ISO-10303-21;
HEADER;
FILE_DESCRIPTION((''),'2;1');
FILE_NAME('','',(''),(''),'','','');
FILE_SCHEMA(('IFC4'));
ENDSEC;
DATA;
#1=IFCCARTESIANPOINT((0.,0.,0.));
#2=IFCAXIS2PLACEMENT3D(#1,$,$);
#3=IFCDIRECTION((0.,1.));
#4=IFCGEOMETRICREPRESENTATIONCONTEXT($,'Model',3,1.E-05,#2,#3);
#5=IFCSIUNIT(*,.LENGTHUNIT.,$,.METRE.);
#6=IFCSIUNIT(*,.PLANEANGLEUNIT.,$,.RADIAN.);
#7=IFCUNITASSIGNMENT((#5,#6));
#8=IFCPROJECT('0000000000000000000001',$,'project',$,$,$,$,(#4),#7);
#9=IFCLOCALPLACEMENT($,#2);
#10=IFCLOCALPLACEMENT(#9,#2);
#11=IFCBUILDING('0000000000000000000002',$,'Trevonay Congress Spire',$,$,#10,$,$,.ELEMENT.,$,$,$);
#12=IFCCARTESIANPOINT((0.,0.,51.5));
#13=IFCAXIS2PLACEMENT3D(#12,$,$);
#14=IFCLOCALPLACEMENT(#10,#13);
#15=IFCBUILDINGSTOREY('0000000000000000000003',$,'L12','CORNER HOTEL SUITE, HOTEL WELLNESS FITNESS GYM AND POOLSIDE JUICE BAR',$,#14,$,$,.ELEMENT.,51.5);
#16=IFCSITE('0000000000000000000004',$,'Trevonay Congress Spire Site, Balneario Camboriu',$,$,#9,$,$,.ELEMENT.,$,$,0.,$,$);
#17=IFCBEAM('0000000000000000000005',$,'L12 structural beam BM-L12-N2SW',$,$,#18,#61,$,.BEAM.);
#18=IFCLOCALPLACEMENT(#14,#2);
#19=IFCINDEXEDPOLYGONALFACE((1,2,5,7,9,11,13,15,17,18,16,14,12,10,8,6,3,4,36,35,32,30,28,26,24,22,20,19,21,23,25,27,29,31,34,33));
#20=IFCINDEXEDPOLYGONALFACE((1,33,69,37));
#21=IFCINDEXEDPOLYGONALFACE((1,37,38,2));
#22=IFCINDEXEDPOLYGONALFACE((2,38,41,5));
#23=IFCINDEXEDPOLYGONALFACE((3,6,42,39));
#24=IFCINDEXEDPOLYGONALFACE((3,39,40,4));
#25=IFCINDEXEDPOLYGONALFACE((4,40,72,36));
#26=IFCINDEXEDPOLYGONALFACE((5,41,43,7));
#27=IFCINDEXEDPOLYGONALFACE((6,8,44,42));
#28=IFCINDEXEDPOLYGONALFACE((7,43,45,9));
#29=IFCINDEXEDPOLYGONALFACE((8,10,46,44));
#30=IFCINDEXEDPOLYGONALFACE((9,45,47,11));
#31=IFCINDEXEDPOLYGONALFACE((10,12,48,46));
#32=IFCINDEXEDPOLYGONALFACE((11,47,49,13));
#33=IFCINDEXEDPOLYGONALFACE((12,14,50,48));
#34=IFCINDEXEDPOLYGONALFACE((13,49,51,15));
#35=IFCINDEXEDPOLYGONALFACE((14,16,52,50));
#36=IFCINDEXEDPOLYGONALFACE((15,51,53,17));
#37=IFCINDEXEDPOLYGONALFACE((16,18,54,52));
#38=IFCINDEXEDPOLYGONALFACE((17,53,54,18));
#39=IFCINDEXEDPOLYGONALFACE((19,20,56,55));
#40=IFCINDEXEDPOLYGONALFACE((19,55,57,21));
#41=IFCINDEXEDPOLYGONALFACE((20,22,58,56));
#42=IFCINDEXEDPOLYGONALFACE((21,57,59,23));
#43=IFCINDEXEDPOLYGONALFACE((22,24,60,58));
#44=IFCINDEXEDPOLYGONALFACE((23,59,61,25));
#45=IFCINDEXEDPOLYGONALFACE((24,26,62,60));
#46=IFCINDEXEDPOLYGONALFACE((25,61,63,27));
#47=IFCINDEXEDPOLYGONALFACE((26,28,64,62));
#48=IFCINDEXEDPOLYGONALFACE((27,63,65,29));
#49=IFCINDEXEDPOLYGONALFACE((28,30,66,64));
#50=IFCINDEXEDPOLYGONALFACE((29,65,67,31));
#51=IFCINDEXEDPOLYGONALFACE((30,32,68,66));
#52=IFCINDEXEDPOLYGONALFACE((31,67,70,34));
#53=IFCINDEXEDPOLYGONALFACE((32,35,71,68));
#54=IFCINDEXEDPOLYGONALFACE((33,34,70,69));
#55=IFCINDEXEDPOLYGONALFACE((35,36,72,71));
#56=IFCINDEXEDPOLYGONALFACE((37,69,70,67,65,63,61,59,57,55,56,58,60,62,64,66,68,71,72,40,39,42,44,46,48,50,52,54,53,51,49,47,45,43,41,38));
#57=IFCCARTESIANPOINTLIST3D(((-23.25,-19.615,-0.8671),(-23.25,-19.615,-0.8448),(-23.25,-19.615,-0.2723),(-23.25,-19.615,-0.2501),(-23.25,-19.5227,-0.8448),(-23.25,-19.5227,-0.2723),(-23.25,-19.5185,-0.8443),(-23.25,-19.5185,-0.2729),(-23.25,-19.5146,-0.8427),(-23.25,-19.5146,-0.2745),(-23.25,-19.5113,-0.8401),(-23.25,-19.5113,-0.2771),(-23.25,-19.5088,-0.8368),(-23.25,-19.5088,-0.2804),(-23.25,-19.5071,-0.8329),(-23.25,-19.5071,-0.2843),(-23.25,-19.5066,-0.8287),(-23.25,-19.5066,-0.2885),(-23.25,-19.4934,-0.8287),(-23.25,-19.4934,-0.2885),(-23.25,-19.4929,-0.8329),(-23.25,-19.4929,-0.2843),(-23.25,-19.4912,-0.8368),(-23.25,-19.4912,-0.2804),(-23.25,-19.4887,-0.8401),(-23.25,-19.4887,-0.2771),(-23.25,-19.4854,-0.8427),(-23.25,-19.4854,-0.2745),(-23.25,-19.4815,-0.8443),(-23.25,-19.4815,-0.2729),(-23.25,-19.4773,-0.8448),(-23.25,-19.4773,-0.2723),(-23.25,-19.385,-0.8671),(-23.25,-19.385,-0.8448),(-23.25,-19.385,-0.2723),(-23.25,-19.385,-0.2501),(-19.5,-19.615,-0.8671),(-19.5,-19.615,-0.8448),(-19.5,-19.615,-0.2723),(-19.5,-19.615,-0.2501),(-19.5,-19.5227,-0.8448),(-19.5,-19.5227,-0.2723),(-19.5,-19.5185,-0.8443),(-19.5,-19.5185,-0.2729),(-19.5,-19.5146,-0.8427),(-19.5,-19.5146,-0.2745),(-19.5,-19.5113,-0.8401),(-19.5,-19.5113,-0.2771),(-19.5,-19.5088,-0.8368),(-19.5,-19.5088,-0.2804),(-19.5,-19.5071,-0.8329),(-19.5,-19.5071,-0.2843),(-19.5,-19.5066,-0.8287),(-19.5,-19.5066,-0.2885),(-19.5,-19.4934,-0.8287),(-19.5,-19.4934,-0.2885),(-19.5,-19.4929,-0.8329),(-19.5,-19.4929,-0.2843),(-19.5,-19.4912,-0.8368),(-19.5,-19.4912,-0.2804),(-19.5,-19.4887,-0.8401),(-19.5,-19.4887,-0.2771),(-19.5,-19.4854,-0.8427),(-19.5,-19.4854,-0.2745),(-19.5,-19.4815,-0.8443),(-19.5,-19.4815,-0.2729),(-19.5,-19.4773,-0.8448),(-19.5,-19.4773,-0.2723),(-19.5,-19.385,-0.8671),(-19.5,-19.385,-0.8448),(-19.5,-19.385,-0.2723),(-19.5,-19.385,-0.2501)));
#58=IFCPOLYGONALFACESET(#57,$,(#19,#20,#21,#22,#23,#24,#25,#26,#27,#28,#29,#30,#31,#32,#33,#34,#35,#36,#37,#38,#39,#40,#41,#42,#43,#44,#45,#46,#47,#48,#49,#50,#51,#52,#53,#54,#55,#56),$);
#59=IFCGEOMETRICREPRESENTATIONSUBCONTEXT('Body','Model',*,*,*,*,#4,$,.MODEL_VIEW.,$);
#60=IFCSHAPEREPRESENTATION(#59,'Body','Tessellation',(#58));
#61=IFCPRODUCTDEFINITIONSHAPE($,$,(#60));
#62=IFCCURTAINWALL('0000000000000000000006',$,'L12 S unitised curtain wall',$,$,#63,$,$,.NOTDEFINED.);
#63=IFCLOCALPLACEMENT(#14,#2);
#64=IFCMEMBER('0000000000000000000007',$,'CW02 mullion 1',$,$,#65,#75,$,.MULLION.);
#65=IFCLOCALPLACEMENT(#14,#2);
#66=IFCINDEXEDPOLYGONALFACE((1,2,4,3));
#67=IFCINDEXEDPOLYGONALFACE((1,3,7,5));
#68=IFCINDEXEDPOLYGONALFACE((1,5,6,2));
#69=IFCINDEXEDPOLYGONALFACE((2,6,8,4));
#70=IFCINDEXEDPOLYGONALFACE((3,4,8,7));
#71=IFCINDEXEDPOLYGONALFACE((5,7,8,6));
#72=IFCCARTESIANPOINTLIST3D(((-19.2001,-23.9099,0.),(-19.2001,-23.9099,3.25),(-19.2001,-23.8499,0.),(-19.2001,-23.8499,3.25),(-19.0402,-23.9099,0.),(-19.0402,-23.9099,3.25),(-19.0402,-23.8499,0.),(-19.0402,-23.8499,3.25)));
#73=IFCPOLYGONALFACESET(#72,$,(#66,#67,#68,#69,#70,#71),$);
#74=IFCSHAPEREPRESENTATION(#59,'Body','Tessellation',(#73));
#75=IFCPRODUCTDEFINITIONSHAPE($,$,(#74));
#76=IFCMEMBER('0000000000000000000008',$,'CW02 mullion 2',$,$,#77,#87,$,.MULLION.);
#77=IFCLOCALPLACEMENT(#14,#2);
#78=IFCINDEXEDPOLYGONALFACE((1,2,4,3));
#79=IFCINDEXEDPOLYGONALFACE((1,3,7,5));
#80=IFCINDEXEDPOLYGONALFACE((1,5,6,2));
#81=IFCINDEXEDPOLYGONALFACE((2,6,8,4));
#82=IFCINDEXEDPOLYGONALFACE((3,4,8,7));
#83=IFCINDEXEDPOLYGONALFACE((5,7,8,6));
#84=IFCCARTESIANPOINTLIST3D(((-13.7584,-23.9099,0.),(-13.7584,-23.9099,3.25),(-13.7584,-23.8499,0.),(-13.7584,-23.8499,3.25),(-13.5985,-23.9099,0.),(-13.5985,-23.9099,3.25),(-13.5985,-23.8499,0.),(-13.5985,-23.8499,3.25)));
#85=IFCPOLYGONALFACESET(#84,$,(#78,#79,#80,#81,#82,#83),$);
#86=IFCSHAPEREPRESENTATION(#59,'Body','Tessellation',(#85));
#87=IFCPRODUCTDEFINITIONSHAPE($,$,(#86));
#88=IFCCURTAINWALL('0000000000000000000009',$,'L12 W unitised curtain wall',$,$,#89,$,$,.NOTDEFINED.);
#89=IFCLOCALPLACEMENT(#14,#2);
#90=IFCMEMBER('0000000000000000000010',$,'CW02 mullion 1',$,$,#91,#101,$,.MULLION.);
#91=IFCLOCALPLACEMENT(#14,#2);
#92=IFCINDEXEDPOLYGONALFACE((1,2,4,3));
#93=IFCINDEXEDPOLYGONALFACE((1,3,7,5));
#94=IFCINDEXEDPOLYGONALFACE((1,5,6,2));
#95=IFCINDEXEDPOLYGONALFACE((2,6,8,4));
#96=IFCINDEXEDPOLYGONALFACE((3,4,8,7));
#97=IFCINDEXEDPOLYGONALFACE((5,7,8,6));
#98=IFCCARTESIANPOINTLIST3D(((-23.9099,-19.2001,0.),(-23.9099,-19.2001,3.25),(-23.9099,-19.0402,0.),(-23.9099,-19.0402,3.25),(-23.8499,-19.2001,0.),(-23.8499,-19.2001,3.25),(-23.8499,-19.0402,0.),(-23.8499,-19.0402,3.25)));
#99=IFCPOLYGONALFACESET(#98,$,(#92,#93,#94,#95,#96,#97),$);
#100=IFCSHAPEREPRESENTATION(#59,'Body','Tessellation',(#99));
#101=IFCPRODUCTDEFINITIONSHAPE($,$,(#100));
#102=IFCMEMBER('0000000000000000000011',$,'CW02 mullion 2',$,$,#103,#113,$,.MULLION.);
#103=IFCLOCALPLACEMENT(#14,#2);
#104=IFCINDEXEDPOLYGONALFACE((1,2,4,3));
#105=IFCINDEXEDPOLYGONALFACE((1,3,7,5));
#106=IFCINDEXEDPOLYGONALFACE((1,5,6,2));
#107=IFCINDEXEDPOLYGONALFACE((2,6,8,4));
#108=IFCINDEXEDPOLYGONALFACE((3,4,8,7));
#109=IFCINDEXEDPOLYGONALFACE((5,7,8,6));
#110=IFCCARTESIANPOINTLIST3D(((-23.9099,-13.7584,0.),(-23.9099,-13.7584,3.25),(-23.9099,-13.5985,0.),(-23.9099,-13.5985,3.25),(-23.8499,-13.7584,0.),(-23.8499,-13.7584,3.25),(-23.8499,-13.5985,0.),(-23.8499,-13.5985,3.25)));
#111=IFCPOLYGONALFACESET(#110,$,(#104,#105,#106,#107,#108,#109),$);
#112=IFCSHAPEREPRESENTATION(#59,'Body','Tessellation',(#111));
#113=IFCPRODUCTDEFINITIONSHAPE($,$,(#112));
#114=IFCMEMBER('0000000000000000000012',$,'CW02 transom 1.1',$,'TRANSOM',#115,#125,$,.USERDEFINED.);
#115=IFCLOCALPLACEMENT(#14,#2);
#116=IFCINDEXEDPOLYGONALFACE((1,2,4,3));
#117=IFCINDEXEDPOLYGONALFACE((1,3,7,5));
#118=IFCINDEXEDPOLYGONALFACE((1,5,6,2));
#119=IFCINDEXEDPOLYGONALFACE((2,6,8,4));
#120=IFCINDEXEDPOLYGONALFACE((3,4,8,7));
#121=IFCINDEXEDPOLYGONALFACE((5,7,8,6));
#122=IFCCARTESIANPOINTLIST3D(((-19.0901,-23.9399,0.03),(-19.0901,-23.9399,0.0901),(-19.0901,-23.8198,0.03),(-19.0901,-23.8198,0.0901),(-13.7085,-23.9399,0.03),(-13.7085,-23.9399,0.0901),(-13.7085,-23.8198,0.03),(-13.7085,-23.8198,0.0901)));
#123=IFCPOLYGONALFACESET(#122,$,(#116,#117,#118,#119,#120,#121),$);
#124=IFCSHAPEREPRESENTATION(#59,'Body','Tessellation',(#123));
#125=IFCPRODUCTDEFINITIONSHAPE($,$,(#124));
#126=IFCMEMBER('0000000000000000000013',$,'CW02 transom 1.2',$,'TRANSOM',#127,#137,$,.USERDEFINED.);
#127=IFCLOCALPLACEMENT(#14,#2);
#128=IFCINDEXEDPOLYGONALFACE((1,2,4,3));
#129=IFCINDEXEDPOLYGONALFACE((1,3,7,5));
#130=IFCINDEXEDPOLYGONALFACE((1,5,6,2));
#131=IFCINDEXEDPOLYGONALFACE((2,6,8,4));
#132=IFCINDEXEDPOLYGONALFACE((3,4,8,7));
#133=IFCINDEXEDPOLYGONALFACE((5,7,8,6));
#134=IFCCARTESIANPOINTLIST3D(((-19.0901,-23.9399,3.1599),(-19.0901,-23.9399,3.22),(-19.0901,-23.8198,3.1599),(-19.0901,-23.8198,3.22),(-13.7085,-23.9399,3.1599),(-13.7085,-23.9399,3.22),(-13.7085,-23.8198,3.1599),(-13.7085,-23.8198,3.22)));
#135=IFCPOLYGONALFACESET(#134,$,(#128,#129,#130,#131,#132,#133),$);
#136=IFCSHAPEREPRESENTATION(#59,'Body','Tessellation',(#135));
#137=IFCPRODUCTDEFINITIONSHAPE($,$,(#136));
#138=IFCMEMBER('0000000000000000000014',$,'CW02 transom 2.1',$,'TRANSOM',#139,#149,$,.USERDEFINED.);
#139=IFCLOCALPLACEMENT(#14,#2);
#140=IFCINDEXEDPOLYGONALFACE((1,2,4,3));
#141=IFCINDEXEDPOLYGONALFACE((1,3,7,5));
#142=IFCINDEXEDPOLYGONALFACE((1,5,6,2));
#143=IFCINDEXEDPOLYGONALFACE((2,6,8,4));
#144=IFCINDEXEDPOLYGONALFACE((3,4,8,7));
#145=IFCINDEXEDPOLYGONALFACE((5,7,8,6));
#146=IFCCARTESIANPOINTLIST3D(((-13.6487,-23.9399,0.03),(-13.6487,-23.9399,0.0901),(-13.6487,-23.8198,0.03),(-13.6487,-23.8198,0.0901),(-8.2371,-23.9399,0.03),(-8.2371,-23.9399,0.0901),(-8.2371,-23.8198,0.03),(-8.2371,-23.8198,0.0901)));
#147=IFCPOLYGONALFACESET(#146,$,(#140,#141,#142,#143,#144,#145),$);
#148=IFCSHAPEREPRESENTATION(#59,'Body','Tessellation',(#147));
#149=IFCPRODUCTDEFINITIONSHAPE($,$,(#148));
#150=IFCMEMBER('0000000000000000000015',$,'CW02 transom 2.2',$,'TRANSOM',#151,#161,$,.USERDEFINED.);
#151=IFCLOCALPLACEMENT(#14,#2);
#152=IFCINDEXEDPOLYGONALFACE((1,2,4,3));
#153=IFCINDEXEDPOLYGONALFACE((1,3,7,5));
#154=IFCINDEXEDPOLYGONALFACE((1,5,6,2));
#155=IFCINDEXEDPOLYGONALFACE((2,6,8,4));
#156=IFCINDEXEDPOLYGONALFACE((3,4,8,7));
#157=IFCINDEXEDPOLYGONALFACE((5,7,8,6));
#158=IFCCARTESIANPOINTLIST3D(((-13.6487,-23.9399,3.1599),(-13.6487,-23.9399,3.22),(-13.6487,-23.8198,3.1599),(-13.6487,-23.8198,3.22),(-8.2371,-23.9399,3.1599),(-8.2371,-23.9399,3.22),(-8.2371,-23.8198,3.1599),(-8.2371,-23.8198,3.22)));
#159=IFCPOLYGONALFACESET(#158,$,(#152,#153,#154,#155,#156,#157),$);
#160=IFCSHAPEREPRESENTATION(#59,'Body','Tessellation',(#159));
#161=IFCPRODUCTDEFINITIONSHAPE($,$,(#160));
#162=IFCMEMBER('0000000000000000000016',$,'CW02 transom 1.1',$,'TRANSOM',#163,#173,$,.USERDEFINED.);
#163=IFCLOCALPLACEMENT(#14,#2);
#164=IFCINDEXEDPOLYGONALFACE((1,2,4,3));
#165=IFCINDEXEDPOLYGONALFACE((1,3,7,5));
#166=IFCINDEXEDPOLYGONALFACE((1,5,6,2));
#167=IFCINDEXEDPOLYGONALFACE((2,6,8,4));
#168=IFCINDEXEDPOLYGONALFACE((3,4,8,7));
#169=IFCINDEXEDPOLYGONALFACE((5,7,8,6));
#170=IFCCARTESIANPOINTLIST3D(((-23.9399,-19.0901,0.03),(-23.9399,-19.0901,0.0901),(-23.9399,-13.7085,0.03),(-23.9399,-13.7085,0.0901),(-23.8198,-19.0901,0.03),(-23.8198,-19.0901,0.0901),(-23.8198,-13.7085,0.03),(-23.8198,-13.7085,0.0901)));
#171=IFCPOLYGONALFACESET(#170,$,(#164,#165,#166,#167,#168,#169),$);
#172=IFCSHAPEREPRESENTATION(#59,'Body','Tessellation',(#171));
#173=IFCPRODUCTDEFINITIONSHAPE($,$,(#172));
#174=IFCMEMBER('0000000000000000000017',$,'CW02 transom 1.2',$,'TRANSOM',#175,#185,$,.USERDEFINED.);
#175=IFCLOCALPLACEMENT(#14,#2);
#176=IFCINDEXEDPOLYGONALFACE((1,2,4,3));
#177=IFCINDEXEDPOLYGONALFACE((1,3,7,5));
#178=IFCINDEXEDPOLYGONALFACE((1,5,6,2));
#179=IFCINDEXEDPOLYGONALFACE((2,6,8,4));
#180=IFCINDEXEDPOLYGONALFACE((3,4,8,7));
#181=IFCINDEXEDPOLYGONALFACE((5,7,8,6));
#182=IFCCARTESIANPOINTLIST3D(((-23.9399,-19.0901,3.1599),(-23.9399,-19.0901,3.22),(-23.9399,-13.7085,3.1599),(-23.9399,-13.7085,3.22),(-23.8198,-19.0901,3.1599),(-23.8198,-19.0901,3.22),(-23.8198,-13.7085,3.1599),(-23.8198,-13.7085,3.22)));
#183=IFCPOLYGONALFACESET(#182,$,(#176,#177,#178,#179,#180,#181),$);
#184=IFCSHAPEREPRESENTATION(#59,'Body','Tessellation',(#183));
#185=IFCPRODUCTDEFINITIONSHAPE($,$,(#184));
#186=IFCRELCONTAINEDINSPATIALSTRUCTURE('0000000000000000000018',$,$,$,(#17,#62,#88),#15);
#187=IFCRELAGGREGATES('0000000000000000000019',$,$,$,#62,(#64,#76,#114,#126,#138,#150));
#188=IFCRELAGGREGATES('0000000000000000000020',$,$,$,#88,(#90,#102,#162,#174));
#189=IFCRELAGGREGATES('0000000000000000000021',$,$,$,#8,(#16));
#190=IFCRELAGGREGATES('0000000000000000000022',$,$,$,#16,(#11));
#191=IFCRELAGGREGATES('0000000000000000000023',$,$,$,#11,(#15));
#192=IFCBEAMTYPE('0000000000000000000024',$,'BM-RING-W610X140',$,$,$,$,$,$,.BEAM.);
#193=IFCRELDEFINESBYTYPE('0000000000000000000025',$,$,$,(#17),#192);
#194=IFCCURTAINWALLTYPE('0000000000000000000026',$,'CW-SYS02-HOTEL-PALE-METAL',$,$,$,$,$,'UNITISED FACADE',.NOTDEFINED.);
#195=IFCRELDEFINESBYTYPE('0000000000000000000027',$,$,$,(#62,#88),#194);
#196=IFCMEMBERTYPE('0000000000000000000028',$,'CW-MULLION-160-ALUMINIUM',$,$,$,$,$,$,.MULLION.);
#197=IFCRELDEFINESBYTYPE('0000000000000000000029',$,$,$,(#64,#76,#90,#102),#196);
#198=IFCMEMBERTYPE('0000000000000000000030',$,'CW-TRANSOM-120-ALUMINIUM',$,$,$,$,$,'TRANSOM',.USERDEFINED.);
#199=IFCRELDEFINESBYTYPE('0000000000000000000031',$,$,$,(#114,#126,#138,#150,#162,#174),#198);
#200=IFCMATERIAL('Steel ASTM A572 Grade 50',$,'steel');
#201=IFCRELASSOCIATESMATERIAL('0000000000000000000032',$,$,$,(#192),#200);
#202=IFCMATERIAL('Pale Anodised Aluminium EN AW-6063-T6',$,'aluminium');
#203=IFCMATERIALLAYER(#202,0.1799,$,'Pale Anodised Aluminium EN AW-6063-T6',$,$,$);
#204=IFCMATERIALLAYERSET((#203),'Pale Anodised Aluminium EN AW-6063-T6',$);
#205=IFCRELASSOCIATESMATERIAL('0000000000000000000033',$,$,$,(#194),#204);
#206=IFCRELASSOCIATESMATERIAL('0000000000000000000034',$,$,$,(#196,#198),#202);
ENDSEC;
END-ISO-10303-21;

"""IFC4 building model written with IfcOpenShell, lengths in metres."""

from ifc_helpers import new_model, si_unit, direction, frame, origin, origin_2d, place, context, subcontext, project, spatial, rectangle, i_section, extrude, material, layer, layer_set, material_profile, profile_set, type_object, element, aggregate, save


model = new_model("IFC4")

# Units and contexts
model_context = context("Model", 3, precision=1e-05, world=origin(), true_north=direction((0.0, 1.0)))
body_context = subcontext(model_context, "Body", "Model", "MODEL_VIEW")
ifc_project = project(units=[si_unit("LENGTHUNIT", "METRE"), si_unit("PLANEANGLEUNIT", "RADIAN")], contexts=[model_context])

# Site, building, storey
site_placement = place(None, origin())
site = spatial("IfcSite", under=ifc_project, at=site_placement, Name="Trevonay Congress Spire Site, Balneario Camboriu", CompositionType="ELEMENT", RefElevation=0.0)
building_placement = place(site_placement, origin())
building = spatial("IfcBuilding", under=site, at=building_placement, Name="Trevonay Congress Spire", CompositionType="ELEMENT")
storey_placement = place(building_placement, frame((0.0, 0.0, 51.5)))
storey = spatial("IfcBuildingStorey", under=building, at=storey_placement, Name="L12", Description="CORNER HOTEL SUITE, HOTEL WELLNESS FITNESS GYM AND POOLSIDE JUICE BAR", CompositionType="ELEMENT", Elevation=51.5)

# Shared definitions
ifc_material_1 = material(Name="Steel ASTM A572 Grade 50", Category="steel")

# Beam
ifc_material_profile_1 = material_profile(ifc_material_1, i_section(OverallWidth=0.23, OverallDepth=0.6169, WebThickness=0.0132, FlangeThickness=0.0222, FilletRadius=0.0161, at=origin_2d()), Name="W610x140")
ifc_profile_set_1 = profile_set([ifc_material_profile_1], Name="Steel ASTM A572 Grade 50")
beam_type = type_object("IfcBeamType", Name="BM-RING-W610X140", PredefinedType="BEAM", material=ifc_profile_set_1)
for number, where, z_axis, x_axis, name in (
    (1, (-23.25, -19.5, -0.5586), (1.0, 0.0, 0.0), (0.0, 1.0, 0.0), "L12 structural beam BM-L12-N2SW"),
):
    element("IfcBeam", number, at=place(storey_placement, frame(where, z_axis=z_axis, x_axis=x_axis)), inside=storey, type_object=beam_type, Name=name, PredefinedType="BEAM", context=body_context, shape_type="SweptSolid", body=[
        extrude(i_section(OverallWidth=0.23, OverallDepth=0.6169, WebThickness=0.0132, FlangeThickness=0.0222, FilletRadius=0.0161, at=origin_2d()), origin(), (0.0, 0.0, 1.0), 3.75),
    ])

# Curtain walls, members
ifc_material_2 = material(Name="Pale Anodised Aluminium EN AW-6063-T6", Category="aluminium")
ifc_layer_1 = layer(ifc_material_2, 0.1799, Name="Pale Anodised Aluminium EN AW-6063-T6")
ifc_layer_set_1 = layer_set([ifc_layer_1], Name="Pale Anodised Aluminium EN AW-6063-T6")
curtain_wall_type = type_object("IfcCurtainWallType", Name="CW-SYS02-HOTEL-PALE-METAL", ElementType="UNITISED FACADE", PredefinedType="NOTDEFINED", material=ifc_layer_set_1)
curtain_wall_1_placement = place(storey_placement, origin())
curtain_wall_1 = element("IfcCurtainWall", 2, at=curtain_wall_1_placement, inside=storey, type_object=curtain_wall_type, Name="L12 S unitised curtain wall", PredefinedType="NOTDEFINED")
ifc_material_profile_2 = material_profile(ifc_material_2, rectangle(XDim=0.0601, YDim=0.1599, at=origin_2d()), Name="CW-MULLION-160-ALUMINIUM")
ifc_profile_set_2 = profile_set([ifc_material_profile_2], Name="Pale Anodised Aluminium EN AW-6063-T6")
member_type_1 = type_object("IfcMemberType", Name="CW-MULLION-160-ALUMINIUM", PredefinedType="MULLION", material=ifc_profile_set_2)
member_1_placement = place(storey_placement, frame((-19.1201, -23.8799, 0.0), z_axis=(0.0, 0.0, 1.0), x_axis=(0.0, 1.0, 0.0)))
member_1 = element("IfcMember", 3, at=member_1_placement, type_object=member_type_1, Name="CW02 mullion 1", PredefinedType="MULLION", context=body_context, shape_type="SweptSolid", body=[
    extrude(rectangle(XDim=0.0601, YDim=0.1599, at=origin_2d()), origin(), (0.0, 0.0, 1.0), 3.25),
])
member_2_placement = place(storey_placement, frame((-13.6785, -23.8799, 0.0), z_axis=(0.0, 0.0, 1.0), x_axis=(0.0, 1.0, 0.0)))
member_2 = element("IfcMember", 4, at=member_2_placement, type_object=member_type_1, Name="CW02 mullion 2", PredefinedType="MULLION", context=body_context, shape_type="SweptSolid", body=[
    extrude(rectangle(XDim=0.0601, YDim=0.1599, at=origin_2d()), origin(), (0.0, 0.0, 1.0), 3.25),
])
curtain_wall_2_placement = place(storey_placement, origin())
curtain_wall_2 = element("IfcCurtainWall", 5, at=curtain_wall_2_placement, inside=storey, type_object=curtain_wall_type, Name="L12 W unitised curtain wall", PredefinedType="NOTDEFINED")
member_3_placement = place(storey_placement, frame((-23.8799, -19.1201, 0.0), z_axis=(0.0, 0.0, 1.0), x_axis=(-1.0, 0.0, 0.0)))
member_3 = element("IfcMember", 6, at=member_3_placement, type_object=member_type_1, Name="CW02 mullion 1", PredefinedType="MULLION", context=body_context, shape_type="SweptSolid", body=[
    extrude(rectangle(XDim=0.0601, YDim=0.1599, at=origin_2d()), origin(), (0.0, 0.0, 1.0), 3.25),
])
member_4_placement = place(storey_placement, frame((-23.8799, -13.6785, 0.0), z_axis=(0.0, 0.0, 1.0), x_axis=(-1.0, 0.0, 0.0)))
member_4 = element("IfcMember", 7, at=member_4_placement, type_object=member_type_1, Name="CW02 mullion 2", PredefinedType="MULLION", context=body_context, shape_type="SweptSolid", body=[
    extrude(rectangle(XDim=0.0601, YDim=0.1599, at=origin_2d()), origin(), (0.0, 0.0, 1.0), 3.25),
])

# Members
ifc_material_profile_3 = material_profile(ifc_material_2, rectangle(XDim=0.1201, YDim=0.0601, at=origin_2d()), Name="CW-TRANSOM-120-ALUMINIUM")
ifc_profile_set_3 = profile_set([ifc_material_profile_3], Name="Pale Anodised Aluminium EN AW-6063-T6")
member_type_2 = type_object("IfcMemberType", Name="CW-TRANSOM-120-ALUMINIUM", ElementType="TRANSOM", PredefinedType="USERDEFINED", material=ifc_profile_set_3)
member_5_placement = place(storey_placement, frame((-19.0901, -23.8799, 0.0601), z_axis=(1.0, 0.0, 0.0), x_axis=(0.0, 1.0, 0.0)))
member_5 = element("IfcMember", 8, at=member_5_placement, type_object=member_type_2, Name="CW02 transom 1.1", ObjectType="TRANSOM", PredefinedType="USERDEFINED", context=body_context, shape_type="SweptSolid", body=[
    extrude(rectangle(XDim=0.1201, YDim=0.0601, at=origin_2d()), origin(), (0.0, 0.0, 1.0), 5.3816),
])
member_6_placement = place(storey_placement, frame((-19.0901, -23.8799, 3.1899), z_axis=(1.0, 0.0, 0.0), x_axis=(0.0, 1.0, 0.0)))
member_6 = element("IfcMember", 9, at=member_6_placement, type_object=member_type_2, Name="CW02 transom 1.2", ObjectType="TRANSOM", PredefinedType="USERDEFINED", context=body_context, shape_type="SweptSolid", body=[
    extrude(rectangle(XDim=0.1201, YDim=0.0601, at=origin_2d()), origin(), (0.0, 0.0, 1.0), 5.3816),
])
member_7_placement = place(storey_placement, frame((-13.6487, -23.8799, 0.0601), z_axis=(1.0, 0.0, 0.0), x_axis=(0.0, 1.0, 0.0)))
member_7 = element("IfcMember", 10, at=member_7_placement, type_object=member_type_2, Name="CW02 transom 2.1", ObjectType="TRANSOM", PredefinedType="USERDEFINED", context=body_context, shape_type="SweptSolid", body=[
    extrude(rectangle(XDim=0.1201, YDim=0.0601, at=origin_2d()), origin(), (0.0, 0.0, 1.0), 5.4116),
])
member_8_placement = place(storey_placement, frame((-13.6487, -23.8799, 3.1899), z_axis=(1.0, 0.0, 0.0), x_axis=(0.0, 1.0, 0.0)))
member_8 = element("IfcMember", 11, at=member_8_placement, type_object=member_type_2, Name="CW02 transom 2.2", ObjectType="TRANSOM", PredefinedType="USERDEFINED", context=body_context, shape_type="SweptSolid", body=[
    extrude(rectangle(XDim=0.1201, YDim=0.0601, at=origin_2d()), origin(), (0.0, 0.0, 1.0), 5.4116),
])
member_9_placement = place(storey_placement, frame((-23.8799, -19.0901, 0.0601), z_axis=(0.0, 1.0, 0.0), x_axis=(-1.0, 0.0, 0.0)))
member_9 = element("IfcMember", 12, at=member_9_placement, type_object=member_type_2, Name="CW02 transom 1.1", ObjectType="TRANSOM", PredefinedType="USERDEFINED", context=body_context, shape_type="SweptSolid", body=[
    extrude(rectangle(XDim=0.1201, YDim=0.0601, at=origin_2d()), origin(), (0.0, 0.0, 1.0), 5.3816),
])
member_10_placement = place(storey_placement, frame((-23.8799, -19.0901, 3.1899), z_axis=(0.0, 1.0, 0.0), x_axis=(-1.0, 0.0, 0.0)))
member_10 = element("IfcMember", 13, at=member_10_placement, type_object=member_type_2, Name="CW02 transom 1.2", ObjectType="TRANSOM", PredefinedType="USERDEFINED", context=body_context, shape_type="SweptSolid", body=[
    extrude(rectangle(XDim=0.1201, YDim=0.0601, at=origin_2d()), origin(), (0.0, 0.0, 1.0), 5.3816),
])

aggregate(curtain_wall_1, [member_1, member_2, member_5, member_6, member_7, member_8])
aggregate(curtain_wall_2, [member_3, member_4, member_9, member_10])

save(model, "model.ifc")
